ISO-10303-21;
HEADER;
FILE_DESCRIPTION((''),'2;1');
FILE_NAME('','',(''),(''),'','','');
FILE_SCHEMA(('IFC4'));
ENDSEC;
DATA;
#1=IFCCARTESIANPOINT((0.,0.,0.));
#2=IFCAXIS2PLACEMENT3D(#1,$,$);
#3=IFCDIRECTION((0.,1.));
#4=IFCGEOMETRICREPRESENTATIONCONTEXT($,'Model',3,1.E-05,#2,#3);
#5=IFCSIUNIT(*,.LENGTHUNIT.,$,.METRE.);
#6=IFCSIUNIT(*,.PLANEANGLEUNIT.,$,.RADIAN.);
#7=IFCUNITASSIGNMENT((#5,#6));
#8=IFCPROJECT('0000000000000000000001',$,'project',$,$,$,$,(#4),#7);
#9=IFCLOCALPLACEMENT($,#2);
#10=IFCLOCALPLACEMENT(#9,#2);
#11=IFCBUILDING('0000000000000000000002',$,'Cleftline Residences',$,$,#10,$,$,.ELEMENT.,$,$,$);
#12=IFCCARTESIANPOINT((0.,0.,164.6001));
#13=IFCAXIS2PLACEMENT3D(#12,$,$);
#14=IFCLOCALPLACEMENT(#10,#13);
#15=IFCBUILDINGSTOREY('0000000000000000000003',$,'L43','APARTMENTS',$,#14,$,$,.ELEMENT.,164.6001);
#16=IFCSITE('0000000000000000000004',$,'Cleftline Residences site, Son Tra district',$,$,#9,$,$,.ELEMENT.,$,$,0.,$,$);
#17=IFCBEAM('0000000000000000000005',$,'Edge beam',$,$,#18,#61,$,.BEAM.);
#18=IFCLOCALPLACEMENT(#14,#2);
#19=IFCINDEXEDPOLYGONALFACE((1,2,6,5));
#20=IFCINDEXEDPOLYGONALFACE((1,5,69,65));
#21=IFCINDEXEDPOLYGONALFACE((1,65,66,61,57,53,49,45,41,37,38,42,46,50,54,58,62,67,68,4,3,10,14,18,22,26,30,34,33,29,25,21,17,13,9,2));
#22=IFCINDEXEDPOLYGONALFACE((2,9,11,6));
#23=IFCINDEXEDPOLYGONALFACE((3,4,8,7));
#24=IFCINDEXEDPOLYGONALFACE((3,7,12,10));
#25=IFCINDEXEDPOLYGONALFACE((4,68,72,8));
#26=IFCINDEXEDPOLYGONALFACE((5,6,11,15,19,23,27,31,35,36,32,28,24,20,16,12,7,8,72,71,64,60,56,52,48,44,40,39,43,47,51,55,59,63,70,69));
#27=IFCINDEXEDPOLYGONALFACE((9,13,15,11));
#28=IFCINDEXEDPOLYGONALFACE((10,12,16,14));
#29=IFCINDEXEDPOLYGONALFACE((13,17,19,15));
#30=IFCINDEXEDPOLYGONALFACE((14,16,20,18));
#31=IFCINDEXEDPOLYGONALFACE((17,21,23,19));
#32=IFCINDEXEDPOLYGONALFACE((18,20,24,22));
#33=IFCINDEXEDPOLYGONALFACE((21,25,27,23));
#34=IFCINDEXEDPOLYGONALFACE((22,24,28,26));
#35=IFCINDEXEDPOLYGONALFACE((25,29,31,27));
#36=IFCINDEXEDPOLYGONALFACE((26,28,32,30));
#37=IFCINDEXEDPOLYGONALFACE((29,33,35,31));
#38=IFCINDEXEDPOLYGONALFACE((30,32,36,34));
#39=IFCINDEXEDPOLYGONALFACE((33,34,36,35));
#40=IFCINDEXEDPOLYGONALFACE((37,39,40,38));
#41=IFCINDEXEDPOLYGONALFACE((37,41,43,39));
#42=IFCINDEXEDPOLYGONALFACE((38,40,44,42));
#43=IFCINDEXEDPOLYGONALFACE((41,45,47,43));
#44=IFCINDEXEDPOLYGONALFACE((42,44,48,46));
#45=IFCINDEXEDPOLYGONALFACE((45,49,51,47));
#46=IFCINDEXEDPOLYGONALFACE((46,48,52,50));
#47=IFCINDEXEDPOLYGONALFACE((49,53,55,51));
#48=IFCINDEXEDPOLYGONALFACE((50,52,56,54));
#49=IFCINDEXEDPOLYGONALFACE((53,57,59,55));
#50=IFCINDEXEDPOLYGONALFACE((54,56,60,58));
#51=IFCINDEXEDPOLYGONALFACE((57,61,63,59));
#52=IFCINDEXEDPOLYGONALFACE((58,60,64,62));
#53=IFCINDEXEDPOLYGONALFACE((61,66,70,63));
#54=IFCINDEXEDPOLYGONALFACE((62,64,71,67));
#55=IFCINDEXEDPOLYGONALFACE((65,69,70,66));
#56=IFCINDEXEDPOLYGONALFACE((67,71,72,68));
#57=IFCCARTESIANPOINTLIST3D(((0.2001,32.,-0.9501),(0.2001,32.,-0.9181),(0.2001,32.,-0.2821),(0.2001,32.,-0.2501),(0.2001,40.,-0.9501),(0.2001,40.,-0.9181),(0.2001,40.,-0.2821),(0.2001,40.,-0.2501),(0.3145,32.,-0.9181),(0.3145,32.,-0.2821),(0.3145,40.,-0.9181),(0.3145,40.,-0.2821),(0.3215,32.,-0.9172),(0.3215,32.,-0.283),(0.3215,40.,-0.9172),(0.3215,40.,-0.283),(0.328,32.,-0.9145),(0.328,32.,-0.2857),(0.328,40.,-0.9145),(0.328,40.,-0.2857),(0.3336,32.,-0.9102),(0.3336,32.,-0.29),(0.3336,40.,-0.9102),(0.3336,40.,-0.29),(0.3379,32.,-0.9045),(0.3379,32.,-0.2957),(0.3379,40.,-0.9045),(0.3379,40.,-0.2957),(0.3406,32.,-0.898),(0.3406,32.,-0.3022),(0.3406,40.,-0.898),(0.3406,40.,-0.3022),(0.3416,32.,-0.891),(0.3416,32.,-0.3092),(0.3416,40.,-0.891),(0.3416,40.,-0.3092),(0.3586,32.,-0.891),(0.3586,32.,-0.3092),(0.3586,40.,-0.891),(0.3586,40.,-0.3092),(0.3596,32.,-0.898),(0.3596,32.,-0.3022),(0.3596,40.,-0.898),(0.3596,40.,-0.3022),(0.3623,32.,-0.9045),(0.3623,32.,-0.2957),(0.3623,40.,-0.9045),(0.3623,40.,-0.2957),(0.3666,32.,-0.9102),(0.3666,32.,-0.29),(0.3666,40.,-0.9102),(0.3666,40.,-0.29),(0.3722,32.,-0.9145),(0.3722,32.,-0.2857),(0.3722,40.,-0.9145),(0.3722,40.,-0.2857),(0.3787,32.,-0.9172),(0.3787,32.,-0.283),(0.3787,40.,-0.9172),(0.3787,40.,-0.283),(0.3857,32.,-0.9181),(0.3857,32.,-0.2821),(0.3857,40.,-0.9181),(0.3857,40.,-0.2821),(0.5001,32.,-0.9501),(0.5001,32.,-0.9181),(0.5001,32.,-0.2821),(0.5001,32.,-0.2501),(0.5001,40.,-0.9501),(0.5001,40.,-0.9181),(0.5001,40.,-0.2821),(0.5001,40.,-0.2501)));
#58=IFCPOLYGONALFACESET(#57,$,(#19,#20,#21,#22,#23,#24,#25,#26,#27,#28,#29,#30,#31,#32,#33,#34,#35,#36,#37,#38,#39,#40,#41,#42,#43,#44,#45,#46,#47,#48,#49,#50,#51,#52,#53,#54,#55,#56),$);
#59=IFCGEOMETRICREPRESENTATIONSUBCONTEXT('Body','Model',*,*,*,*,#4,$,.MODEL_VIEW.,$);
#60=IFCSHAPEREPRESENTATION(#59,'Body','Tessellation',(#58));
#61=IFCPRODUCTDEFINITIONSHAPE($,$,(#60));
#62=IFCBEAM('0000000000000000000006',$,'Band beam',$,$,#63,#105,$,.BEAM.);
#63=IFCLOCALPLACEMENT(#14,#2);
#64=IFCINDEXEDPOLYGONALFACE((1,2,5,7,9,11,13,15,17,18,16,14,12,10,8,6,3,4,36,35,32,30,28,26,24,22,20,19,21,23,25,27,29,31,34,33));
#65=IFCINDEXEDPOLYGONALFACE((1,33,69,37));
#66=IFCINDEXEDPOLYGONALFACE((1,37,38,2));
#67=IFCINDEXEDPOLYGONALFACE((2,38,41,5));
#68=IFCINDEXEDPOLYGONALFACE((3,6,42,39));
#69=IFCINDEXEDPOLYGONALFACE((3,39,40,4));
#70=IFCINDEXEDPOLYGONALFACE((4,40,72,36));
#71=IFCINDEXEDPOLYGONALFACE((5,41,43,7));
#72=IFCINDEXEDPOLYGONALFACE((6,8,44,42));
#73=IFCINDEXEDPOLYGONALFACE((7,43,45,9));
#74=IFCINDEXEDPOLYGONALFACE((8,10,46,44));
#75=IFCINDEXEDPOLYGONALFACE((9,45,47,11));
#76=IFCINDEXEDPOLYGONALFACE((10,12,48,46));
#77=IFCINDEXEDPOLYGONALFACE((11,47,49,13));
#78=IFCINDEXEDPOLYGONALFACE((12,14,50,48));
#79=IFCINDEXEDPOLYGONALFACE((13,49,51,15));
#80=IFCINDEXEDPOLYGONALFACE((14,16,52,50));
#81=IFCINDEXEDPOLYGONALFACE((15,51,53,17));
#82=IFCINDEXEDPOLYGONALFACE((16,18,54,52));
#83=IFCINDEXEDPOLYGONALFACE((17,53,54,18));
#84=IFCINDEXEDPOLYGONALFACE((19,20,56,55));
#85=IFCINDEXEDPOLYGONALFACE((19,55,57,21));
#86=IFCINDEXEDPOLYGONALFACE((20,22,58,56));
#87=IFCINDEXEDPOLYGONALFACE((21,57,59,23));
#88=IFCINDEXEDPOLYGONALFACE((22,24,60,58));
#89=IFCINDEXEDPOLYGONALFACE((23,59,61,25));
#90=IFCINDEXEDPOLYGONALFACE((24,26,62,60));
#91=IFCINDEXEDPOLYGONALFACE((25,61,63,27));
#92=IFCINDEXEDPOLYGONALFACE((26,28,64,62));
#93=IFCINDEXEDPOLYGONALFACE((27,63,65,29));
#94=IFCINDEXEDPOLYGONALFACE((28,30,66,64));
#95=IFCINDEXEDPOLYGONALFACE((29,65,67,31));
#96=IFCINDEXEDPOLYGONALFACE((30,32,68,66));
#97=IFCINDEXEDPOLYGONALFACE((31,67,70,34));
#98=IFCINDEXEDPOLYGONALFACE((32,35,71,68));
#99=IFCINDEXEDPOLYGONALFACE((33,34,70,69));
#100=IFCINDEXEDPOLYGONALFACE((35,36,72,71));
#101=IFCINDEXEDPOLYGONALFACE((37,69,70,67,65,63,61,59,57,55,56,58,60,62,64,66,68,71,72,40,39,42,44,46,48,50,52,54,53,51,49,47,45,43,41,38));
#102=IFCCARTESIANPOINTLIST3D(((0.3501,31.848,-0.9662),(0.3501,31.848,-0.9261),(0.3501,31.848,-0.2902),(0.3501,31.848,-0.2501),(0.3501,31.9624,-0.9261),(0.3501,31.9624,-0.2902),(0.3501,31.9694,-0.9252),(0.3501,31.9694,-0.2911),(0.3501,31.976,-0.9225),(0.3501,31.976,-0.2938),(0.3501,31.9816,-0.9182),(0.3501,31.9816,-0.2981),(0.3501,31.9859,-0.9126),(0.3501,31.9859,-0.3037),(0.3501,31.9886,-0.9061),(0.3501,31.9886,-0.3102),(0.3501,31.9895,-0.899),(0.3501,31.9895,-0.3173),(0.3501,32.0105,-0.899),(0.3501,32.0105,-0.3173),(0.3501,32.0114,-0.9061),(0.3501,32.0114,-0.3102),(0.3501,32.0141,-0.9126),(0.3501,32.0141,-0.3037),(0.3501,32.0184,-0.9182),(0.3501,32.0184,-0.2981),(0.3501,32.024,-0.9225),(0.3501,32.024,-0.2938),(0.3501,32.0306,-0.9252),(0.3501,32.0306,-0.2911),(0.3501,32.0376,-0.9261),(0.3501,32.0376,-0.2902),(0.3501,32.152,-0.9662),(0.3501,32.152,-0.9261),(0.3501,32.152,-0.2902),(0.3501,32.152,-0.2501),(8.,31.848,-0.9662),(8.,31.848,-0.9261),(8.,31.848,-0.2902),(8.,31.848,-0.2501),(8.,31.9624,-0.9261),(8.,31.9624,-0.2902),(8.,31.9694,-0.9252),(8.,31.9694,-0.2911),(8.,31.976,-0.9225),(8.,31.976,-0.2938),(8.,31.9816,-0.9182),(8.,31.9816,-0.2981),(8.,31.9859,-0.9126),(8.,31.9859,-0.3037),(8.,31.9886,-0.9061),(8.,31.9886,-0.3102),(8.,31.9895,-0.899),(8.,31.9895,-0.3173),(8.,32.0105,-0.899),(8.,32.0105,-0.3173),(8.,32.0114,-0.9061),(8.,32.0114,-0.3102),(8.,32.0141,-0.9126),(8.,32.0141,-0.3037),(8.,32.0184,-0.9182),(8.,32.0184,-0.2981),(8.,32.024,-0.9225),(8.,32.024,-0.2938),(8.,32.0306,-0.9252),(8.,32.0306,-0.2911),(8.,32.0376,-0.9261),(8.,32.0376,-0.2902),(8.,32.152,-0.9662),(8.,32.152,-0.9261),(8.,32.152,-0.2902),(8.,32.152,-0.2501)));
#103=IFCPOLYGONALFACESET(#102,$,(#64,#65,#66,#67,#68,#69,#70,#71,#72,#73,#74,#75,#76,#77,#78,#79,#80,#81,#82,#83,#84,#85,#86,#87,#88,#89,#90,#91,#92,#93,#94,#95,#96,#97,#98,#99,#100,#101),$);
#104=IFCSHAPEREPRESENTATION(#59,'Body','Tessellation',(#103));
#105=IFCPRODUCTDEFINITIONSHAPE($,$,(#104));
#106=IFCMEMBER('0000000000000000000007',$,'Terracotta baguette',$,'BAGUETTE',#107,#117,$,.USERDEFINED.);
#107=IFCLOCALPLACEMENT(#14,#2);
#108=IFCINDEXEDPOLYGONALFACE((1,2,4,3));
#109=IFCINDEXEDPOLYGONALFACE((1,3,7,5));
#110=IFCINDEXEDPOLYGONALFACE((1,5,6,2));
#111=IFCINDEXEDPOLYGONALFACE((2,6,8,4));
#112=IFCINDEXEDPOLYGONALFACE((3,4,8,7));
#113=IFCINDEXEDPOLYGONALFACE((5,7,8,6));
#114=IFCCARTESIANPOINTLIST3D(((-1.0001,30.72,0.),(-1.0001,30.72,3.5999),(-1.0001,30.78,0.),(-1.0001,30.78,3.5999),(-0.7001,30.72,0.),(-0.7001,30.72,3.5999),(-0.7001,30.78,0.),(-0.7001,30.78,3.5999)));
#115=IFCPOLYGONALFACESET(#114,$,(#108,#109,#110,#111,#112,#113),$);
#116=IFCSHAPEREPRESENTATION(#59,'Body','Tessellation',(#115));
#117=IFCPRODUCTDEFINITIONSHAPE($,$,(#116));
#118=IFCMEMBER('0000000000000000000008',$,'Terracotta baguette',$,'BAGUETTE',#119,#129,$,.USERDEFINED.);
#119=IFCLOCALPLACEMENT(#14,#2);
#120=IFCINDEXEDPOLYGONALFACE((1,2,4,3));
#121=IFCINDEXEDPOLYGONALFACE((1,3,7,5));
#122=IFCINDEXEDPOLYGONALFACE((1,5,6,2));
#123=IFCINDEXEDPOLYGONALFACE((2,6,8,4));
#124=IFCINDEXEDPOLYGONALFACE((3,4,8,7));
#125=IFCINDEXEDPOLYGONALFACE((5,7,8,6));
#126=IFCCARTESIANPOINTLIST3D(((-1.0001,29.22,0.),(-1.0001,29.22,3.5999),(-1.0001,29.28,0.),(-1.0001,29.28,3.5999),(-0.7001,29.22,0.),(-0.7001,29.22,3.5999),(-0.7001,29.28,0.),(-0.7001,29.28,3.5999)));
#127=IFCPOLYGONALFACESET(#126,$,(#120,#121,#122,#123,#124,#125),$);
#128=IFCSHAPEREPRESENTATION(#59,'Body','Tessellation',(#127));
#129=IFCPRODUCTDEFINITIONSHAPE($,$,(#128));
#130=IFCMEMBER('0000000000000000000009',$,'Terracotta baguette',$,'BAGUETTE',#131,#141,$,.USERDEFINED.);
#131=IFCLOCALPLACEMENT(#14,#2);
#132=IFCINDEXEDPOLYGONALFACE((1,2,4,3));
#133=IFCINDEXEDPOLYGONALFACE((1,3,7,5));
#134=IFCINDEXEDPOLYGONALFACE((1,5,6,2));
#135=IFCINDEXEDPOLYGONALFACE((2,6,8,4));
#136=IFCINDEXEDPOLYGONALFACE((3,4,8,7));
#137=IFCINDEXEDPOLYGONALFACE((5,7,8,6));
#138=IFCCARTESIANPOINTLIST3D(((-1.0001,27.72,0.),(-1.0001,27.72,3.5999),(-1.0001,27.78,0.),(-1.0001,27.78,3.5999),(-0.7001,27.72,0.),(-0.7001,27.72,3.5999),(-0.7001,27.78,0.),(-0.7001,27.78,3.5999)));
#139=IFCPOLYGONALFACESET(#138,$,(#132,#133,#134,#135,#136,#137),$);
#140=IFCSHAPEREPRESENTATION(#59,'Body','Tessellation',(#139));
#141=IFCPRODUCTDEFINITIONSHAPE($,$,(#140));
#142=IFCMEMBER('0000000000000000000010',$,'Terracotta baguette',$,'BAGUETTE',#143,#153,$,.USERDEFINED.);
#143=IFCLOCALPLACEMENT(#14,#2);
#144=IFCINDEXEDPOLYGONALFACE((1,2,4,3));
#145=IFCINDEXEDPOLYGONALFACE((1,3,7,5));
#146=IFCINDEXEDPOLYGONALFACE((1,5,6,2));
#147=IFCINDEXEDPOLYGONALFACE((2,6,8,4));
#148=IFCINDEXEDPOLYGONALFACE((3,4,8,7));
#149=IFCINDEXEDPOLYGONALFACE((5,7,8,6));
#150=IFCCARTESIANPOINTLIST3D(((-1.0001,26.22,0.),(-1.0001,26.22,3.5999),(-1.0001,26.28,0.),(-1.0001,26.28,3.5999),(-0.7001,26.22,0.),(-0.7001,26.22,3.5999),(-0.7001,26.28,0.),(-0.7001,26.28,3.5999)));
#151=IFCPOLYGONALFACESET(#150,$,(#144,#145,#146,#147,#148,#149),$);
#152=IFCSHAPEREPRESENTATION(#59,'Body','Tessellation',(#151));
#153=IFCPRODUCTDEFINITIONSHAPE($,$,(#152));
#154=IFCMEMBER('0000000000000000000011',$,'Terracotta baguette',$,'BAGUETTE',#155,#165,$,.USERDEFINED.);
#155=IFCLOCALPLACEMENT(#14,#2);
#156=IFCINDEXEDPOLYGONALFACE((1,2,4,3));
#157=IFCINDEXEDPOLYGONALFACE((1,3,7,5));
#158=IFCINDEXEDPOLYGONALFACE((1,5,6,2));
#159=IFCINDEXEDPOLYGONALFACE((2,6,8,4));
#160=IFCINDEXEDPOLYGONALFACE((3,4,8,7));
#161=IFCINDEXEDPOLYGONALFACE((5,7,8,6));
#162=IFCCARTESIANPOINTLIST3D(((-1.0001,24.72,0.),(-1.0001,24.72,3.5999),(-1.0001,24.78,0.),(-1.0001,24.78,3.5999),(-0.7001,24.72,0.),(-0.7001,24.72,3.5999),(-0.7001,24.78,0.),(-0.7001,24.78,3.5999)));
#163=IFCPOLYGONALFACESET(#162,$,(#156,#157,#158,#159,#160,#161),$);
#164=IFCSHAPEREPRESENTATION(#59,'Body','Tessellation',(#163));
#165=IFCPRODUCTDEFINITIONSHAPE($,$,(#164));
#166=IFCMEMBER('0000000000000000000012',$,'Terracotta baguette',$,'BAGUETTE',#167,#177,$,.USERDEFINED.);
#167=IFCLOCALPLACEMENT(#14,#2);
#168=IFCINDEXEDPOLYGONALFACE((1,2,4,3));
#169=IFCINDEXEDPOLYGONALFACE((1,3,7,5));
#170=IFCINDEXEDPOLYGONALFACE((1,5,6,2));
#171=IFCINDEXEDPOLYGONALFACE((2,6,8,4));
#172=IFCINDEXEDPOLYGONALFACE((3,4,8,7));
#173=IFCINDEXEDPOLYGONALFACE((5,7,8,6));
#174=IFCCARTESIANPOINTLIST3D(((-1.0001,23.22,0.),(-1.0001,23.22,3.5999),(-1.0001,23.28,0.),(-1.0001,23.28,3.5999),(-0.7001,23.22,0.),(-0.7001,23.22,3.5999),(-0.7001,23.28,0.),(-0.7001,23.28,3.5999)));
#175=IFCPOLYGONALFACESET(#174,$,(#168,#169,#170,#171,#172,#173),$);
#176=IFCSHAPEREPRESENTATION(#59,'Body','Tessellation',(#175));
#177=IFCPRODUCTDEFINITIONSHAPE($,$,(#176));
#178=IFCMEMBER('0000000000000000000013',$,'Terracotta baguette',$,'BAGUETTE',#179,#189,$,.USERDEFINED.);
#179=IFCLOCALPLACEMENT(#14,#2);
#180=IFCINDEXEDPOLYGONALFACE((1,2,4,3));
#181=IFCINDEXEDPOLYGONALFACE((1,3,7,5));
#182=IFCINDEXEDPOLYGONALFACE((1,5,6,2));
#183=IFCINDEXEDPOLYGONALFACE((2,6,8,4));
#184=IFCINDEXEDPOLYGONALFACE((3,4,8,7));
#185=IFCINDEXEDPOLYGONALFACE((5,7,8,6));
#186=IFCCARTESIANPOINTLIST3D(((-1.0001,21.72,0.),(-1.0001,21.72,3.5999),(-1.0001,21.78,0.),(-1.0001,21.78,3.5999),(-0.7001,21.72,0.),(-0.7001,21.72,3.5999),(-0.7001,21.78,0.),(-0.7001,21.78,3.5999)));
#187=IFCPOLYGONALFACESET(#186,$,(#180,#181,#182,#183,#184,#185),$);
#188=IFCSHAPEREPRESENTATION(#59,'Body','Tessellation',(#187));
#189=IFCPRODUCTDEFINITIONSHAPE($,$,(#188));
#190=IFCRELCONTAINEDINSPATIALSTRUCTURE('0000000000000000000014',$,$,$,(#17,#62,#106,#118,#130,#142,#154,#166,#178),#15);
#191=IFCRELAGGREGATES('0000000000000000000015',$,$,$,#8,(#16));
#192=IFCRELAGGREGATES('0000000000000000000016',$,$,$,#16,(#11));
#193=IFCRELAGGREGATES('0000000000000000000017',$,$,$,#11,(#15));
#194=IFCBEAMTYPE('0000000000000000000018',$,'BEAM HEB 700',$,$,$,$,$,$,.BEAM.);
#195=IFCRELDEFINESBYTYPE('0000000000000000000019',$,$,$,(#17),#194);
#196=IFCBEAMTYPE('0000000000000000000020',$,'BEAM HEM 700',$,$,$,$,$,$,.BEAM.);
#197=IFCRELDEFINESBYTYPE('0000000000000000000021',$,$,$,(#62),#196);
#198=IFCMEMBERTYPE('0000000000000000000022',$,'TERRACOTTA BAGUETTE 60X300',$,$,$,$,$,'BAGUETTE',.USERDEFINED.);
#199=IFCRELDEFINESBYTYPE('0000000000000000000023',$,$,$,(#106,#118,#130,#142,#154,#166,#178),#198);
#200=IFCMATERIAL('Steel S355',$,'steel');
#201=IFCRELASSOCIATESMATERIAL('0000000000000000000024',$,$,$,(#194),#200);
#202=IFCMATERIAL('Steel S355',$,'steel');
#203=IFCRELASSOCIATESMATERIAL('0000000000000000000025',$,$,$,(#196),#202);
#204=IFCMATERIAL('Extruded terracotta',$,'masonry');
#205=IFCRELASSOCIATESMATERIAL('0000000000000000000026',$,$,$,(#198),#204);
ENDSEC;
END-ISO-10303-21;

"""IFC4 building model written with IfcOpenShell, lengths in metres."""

from ifc_helpers import new_model, si_unit, direction, frame, origin, origin_2d, place, context, subcontext, project, spatial, rectangle, i_section, extrude, material, material_profile, profile_set, type_object, element, save


model = new_model("IFC4")

# Units and contexts
model_context = context("Model", 3, precision=1e-05, world=origin(), true_north=direction((0.0, 1.0)))
body_context = subcontext(model_context, "Body", "Model", "MODEL_VIEW")
ifc_project = project(units=[si_unit("LENGTHUNIT", "METRE"), si_unit("PLANEANGLEUNIT", "RADIAN")], contexts=[model_context])

# Site, building, storey
site_placement = place(None, origin())
site = spatial("IfcSite", under=ifc_project, at=site_placement, Name="Cleftline Residences site, Son Tra district", CompositionType="ELEMENT", RefElevation=0.0)
building_placement = place(site_placement, origin())
building = spatial("IfcBuilding", under=site, at=building_placement, Name="Cleftline Residences", CompositionType="ELEMENT")
storey_placement = place(building_placement, frame((0.0, 0.0, 164.6001)))
storey = spatial("IfcBuildingStorey", under=building, at=storey_placement, Name="L43", Description="APARTMENTS", CompositionType="ELEMENT", Elevation=164.6001)

# Beams
ifc_material_1 = material(Name="Steel S355", Category="steel")
ifc_material_profile_1 = material_profile(ifc_material_1, i_section(OverallWidth=0.3, OverallDepth=0.7, WebThickness=0.0171, FlangeThickness=0.032, FilletRadius=0.0271, at=origin_2d()))
ifc_profile_set_1 = profile_set([ifc_material_profile_1], Name="Steel S355")
beam_type_1 = type_object("IfcBeamType", Name="BEAM HEB 700", PredefinedType="BEAM", material=ifc_profile_set_1)
for number, where, z_axis, x_axis, name in (
    (1, (0.3501, 32.0, -0.6001), (0.0, 1.0, 0.0), (-1.0, 0.0, 0.0), "Edge beam"),
):
    element("IfcBeam", number, at=place(storey_placement, frame(where, z_axis=z_axis, x_axis=x_axis)), inside=storey, type_object=beam_type_1, Name=name, PredefinedType="BEAM", context=body_context, shape_type="SweptSolid", body=[
        extrude(i_section(OverallWidth=0.3, OverallDepth=0.7, WebThickness=0.0171, FlangeThickness=0.032, FilletRadius=0.0271, at=origin_2d()), origin(), (0.0, 0.0, 1.0), 8.0),
    ])
ifc_material_2 = material(Name="Steel S355", Category="steel")
ifc_material_profile_2 = material_profile(ifc_material_2, i_section(OverallWidth=0.304, OverallDepth=0.7161, WebThickness=0.021, FlangeThickness=0.04, FilletRadius=0.0271, at=origin_2d()))
ifc_profile_set_2 = profile_set([ifc_material_profile_2], Name="Steel S355")
beam_type_2 = type_object("IfcBeamType", Name="BEAM HEM 700", PredefinedType="BEAM", material=ifc_profile_set_2)
beam_placement = place(storey_placement, frame((0.3501, 32.0, -0.6082), z_axis=(1.0, 0.0, 0.0), x_axis=(0.0, 1.0, 0.0)))
element("IfcBeam", 2, at=beam_placement, inside=storey, type_object=beam_type_2, Name="Band beam", PredefinedType="BEAM", context=body_context, shape_type="SweptSolid", body=[
    extrude(i_section(OverallWidth=0.304, OverallDepth=0.7161, WebThickness=0.021, FlangeThickness=0.04, FilletRadius=0.0271, at=origin_2d()), origin(), (0.0, 0.0, 1.0), 7.6499),
])

# Members
ifc_material_3 = material(Name="Extruded terracotta", Category="masonry")
ifc_material_profile_3 = material_profile(ifc_material_3, rectangle(XDim=0.0601, YDim=0.3, at=origin_2d()))
ifc_profile_set_3 = profile_set([ifc_material_profile_3], Name="Extruded terracotta")
member_type_1 = type_object("IfcMemberType", Name="TERRACOTTA BAGUETTE 60X300", ElementType="BAGUETTE", PredefinedType="USERDEFINED", material=ifc_profile_set_3)
for number, where, z_axis, x_axis, name in (
    (3, (-0.8501, 30.75, 0.0), (0.0, 0.0, 1.0), (0.0, 1.0, 0.0), "Terracotta baguette"),
    (4, (-0.8501, 29.25, 0.0), (0.0, 0.0, 1.0), (0.0, 1.0, 0.0), "Terracotta baguette"),
    (5, (-0.8501, 27.75, 0.0), (0.0, 0.0, 1.0), (0.0, 1.0, 0.0), "Terracotta baguette"),
    (6, (-0.8501, 26.25, 0.0), (0.0, 0.0, 1.0), (0.0, 1.0, 0.0), "Terracotta baguette"),
    (7, (-0.8501, 24.75, 0.0), (0.0, 0.0, 1.0), (0.0, 1.0, 0.0), "Terracotta baguette"),
    (8, (-0.8501, 23.25, 0.0), (0.0, 0.0, 1.0), (0.0, 1.0, 0.0), "Terracotta baguette"),
    (9, (-0.8501, 21.75, 0.0), (0.0, 0.0, 1.0), (0.0, 1.0, 0.0), "Terracotta baguette"),
):
    element("IfcMember", number, at=place(storey_placement, frame(where, z_axis=z_axis, x_axis=x_axis)), inside=storey, type_object=member_type_1, Name=name, ObjectType="BAGUETTE", PredefinedType="USERDEFINED", context=body_context, shape_type="SweptSolid", body=[
        extrude(rectangle(XDim=0.0601, YDim=0.3, at=origin_2d()), origin(), (0.0, 0.0, 1.0), 3.5999),
    ])

save(model, "model.ifc")
